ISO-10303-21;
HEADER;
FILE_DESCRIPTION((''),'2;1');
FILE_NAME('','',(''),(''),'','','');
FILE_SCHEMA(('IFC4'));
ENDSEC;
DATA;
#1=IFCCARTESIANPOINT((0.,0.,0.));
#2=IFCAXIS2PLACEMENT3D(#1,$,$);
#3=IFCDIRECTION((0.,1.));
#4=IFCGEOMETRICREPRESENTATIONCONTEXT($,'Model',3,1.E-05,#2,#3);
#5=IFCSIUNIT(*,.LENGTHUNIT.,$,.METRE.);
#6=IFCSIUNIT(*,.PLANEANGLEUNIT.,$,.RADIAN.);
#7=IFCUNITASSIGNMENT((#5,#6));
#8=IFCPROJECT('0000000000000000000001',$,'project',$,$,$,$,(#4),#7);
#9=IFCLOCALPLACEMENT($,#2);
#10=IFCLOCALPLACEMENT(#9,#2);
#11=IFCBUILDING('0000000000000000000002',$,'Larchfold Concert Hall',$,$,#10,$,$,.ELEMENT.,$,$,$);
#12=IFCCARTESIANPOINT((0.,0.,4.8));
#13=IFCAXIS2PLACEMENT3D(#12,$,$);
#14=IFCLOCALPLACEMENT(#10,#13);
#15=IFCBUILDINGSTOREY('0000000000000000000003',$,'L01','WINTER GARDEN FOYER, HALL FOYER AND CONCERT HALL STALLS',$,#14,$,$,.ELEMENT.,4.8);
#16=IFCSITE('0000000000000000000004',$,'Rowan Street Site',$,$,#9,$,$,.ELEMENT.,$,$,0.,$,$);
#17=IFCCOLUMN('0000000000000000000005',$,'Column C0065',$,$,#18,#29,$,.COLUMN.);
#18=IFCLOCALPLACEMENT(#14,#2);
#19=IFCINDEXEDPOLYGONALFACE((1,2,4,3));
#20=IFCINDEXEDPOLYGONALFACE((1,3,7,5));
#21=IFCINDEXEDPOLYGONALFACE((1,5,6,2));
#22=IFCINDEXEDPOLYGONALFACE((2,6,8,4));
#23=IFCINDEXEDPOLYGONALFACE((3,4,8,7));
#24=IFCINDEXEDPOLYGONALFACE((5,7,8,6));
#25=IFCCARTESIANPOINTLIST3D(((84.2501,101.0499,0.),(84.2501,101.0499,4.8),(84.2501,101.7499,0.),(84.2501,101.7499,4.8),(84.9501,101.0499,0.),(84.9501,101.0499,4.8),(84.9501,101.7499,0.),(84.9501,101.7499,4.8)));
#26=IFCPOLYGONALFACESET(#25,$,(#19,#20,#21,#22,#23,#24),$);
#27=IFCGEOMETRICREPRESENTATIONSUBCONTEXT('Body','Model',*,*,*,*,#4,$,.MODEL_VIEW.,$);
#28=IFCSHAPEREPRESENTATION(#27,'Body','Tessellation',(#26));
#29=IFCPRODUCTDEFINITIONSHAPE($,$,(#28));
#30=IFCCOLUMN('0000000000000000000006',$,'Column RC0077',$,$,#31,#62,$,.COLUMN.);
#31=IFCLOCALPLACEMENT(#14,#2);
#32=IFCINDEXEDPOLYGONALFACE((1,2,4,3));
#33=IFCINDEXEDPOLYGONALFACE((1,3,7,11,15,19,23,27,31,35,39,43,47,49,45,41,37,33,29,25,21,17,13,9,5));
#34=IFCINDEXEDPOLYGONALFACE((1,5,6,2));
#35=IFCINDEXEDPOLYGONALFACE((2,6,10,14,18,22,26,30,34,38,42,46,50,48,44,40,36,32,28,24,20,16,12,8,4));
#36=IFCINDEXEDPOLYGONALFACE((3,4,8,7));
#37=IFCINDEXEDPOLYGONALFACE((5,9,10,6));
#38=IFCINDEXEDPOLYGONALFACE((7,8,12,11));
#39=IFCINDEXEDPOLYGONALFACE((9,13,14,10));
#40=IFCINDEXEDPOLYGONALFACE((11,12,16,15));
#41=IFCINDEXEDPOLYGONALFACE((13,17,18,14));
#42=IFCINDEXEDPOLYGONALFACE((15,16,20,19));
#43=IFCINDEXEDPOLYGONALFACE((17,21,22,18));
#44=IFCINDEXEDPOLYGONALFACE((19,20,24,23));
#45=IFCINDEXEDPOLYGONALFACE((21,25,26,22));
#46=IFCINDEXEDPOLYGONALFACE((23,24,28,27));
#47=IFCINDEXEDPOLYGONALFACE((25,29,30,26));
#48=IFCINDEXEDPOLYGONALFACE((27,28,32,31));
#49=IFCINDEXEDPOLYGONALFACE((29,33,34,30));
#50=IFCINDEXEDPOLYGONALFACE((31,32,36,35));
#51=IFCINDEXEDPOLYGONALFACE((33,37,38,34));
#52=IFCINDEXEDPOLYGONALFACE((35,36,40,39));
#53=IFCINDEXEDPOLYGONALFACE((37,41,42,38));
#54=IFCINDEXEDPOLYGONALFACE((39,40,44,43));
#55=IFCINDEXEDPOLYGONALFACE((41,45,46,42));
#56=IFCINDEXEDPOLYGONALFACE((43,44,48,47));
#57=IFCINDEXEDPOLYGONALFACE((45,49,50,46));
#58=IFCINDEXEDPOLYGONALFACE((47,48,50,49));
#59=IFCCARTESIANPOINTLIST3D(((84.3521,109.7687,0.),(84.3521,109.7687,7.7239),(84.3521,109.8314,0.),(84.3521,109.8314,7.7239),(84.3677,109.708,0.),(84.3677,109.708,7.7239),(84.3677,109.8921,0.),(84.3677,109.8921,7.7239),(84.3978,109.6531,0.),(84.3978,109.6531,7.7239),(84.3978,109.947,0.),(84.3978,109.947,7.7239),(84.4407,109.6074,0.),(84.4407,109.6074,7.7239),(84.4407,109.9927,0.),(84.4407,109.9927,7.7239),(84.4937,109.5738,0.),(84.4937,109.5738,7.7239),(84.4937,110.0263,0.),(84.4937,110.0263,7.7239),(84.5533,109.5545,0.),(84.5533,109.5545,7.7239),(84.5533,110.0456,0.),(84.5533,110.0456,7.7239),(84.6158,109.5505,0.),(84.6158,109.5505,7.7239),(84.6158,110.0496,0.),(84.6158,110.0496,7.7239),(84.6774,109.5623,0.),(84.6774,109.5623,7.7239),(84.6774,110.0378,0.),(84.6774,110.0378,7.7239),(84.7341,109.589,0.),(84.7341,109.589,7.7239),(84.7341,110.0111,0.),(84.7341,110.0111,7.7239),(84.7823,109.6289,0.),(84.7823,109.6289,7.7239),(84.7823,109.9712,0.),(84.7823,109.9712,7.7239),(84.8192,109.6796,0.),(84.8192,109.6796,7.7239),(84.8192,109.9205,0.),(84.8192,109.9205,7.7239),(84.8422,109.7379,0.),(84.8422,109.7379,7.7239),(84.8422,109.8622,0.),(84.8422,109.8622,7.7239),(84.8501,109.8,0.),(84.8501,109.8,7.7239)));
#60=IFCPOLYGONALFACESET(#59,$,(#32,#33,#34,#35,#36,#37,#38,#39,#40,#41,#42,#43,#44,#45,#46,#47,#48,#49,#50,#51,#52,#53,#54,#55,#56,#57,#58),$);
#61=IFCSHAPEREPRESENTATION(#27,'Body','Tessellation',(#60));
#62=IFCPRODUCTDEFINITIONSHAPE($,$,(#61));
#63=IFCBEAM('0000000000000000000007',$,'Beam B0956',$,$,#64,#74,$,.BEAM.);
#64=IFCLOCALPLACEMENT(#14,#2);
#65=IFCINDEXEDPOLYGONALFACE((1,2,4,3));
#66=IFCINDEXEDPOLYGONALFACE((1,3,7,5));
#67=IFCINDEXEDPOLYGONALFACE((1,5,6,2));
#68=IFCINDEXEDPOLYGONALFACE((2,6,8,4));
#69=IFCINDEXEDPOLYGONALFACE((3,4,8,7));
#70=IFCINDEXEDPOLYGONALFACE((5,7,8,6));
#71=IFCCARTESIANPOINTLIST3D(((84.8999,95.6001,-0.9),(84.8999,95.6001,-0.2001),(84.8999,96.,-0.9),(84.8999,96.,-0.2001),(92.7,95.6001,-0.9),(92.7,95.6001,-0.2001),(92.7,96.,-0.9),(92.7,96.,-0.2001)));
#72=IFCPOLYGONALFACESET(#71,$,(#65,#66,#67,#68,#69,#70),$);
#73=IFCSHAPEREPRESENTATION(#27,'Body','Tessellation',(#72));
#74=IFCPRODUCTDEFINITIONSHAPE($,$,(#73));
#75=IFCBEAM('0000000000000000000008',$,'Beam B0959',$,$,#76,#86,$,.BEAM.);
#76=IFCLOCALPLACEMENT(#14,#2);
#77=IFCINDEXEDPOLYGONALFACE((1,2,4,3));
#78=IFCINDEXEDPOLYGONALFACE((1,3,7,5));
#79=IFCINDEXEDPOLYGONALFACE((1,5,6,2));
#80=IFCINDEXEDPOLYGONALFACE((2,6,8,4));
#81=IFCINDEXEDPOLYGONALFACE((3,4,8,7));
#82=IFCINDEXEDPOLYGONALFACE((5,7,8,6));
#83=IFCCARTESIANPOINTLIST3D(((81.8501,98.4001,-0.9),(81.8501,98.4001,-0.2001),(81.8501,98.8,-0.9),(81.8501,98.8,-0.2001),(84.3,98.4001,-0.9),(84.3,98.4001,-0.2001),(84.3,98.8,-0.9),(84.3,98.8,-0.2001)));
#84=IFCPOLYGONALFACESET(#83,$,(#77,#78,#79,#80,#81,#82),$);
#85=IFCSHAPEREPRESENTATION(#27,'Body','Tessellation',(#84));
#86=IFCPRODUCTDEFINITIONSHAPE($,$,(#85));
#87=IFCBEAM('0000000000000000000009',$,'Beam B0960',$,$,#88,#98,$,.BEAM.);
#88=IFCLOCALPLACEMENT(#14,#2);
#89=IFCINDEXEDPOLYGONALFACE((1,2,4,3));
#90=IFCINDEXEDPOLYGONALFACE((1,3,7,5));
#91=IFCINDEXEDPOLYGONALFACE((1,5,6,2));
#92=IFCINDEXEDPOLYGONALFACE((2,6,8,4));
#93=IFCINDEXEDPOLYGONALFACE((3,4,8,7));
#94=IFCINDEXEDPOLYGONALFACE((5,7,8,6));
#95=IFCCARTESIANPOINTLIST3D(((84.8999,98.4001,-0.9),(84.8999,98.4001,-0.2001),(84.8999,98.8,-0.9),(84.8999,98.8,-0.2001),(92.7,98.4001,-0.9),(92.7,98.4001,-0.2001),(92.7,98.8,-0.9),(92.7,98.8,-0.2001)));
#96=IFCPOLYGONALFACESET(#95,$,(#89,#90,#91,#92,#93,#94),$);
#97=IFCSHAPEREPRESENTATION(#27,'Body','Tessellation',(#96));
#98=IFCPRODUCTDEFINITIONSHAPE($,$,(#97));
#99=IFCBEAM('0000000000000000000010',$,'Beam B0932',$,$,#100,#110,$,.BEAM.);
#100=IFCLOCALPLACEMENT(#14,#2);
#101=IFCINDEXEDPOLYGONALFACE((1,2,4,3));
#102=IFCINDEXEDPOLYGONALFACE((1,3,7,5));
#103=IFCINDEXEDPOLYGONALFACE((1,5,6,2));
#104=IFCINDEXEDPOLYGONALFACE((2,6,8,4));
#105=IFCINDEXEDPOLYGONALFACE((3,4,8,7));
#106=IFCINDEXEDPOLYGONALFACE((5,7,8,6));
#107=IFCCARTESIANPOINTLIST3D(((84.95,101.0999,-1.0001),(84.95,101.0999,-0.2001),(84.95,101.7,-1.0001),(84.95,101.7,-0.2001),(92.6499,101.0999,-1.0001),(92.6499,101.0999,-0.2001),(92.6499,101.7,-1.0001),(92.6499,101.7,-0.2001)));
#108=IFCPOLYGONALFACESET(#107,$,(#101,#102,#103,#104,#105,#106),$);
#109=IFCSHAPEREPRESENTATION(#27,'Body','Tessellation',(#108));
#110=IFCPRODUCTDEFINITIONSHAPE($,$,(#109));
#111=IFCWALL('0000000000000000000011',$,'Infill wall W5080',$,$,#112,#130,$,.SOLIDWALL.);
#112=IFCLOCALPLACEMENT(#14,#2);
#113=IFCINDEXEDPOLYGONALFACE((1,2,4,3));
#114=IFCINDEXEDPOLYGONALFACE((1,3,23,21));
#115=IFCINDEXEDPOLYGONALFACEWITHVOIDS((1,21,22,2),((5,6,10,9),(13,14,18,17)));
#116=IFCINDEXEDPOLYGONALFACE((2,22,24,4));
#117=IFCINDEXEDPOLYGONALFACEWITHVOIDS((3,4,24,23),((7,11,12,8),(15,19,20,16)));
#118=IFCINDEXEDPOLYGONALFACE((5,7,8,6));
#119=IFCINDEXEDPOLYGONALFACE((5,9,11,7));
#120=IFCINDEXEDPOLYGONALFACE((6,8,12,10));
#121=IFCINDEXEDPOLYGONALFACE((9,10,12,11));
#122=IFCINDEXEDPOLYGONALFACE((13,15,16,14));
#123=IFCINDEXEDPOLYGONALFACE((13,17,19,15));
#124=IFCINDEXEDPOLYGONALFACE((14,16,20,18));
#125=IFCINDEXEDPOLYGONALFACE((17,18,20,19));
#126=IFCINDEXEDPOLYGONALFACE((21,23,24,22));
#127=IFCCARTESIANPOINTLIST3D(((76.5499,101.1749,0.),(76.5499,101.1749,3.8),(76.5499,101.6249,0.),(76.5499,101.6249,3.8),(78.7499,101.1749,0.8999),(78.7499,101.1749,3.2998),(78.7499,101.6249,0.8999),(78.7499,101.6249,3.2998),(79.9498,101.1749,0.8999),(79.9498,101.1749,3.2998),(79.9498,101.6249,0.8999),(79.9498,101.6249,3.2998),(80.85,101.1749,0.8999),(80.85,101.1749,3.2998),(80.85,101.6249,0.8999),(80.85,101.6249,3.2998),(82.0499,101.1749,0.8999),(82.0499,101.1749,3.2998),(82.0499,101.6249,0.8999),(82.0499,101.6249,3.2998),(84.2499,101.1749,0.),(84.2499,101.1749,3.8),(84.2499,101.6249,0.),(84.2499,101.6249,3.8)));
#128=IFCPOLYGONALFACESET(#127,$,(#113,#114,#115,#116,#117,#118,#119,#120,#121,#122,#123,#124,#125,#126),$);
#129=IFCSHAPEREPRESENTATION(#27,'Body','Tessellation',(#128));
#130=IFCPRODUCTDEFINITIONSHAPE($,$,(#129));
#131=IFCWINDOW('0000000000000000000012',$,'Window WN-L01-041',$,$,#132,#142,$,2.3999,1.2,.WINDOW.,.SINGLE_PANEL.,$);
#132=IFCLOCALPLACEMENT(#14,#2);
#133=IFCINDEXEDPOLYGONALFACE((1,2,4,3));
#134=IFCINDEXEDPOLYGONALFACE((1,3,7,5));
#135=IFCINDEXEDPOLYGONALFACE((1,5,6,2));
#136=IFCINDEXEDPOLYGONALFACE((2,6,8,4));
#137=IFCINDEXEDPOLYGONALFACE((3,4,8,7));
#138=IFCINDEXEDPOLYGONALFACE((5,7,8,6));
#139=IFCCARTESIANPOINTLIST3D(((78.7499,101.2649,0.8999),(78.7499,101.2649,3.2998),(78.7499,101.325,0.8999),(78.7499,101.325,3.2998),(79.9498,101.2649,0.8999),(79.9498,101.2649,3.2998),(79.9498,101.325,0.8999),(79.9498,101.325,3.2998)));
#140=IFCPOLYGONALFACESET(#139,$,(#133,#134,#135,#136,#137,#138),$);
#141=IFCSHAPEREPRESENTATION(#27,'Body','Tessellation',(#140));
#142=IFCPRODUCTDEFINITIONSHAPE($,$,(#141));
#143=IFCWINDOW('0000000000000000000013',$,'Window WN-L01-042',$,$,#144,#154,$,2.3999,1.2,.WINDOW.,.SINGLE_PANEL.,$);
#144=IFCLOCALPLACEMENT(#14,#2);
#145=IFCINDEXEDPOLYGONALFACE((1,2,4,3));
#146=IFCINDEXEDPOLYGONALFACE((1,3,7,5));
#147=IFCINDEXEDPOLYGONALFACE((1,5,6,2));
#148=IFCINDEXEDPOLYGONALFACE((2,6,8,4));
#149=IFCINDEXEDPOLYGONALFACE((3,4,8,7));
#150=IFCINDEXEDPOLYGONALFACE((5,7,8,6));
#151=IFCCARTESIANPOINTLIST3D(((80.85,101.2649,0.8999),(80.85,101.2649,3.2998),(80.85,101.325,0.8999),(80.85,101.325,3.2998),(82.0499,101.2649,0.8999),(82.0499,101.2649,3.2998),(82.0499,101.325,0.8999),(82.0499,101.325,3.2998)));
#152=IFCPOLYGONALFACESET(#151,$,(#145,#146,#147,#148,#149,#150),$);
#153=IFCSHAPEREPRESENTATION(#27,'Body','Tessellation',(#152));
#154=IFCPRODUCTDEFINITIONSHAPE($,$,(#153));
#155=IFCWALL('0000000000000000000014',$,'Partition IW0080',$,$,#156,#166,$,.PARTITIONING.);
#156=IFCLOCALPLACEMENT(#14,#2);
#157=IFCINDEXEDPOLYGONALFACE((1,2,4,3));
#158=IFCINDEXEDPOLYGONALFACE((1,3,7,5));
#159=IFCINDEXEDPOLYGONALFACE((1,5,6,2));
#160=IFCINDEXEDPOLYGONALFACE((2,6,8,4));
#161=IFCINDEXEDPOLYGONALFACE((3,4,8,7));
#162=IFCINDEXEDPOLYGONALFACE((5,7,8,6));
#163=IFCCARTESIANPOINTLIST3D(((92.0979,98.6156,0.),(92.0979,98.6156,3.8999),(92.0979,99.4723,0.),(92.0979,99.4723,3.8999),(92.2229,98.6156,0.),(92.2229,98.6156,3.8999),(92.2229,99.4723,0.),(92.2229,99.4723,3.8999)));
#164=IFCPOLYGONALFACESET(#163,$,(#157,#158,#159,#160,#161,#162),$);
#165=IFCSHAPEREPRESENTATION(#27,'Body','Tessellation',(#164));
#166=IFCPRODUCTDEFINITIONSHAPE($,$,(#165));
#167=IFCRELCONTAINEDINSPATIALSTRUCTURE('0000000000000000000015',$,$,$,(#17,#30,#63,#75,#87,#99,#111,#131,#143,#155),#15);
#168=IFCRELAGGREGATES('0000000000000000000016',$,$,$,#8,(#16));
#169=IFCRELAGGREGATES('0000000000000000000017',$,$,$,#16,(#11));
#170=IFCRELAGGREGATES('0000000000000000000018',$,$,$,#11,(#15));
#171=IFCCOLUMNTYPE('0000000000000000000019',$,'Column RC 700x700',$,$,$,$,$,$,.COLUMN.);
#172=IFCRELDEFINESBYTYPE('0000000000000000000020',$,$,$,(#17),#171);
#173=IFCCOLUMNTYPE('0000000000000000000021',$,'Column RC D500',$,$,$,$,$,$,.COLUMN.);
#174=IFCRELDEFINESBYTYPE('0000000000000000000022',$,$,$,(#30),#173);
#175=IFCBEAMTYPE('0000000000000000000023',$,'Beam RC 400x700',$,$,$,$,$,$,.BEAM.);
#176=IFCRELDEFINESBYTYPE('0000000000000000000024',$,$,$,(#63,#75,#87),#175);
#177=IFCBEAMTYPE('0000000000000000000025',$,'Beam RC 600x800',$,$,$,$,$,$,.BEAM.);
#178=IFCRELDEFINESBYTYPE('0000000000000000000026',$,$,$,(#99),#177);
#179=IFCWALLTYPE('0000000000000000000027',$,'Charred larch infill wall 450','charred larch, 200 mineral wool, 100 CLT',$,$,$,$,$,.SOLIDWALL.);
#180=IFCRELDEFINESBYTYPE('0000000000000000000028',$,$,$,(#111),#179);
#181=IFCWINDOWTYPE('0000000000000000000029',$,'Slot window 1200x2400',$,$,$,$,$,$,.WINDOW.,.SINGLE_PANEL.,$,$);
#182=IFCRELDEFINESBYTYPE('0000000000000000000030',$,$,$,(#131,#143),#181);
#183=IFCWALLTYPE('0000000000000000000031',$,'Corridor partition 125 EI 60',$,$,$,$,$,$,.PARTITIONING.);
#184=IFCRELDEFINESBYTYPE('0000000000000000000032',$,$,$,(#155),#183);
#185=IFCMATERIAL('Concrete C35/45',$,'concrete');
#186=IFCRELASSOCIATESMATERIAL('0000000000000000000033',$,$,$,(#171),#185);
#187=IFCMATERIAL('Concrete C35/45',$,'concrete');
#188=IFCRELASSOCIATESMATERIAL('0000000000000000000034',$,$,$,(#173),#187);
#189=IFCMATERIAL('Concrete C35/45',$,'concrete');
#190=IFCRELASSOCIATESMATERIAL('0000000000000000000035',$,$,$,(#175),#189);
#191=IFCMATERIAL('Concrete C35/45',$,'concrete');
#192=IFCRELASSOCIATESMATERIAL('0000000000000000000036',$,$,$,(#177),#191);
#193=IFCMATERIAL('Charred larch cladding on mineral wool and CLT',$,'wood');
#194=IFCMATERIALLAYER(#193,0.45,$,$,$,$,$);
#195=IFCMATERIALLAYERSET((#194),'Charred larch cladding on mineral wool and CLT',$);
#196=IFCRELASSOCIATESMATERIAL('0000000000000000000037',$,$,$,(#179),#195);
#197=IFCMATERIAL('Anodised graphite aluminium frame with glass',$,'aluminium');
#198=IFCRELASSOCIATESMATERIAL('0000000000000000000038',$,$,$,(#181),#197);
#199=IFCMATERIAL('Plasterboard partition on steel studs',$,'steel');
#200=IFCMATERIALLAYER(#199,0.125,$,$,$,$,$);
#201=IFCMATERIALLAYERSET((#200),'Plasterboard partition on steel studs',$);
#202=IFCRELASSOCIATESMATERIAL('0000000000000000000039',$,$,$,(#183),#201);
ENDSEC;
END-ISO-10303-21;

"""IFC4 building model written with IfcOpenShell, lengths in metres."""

from ifc_helpers import new_model, si_unit, direction, frame, frame_2d, origin, origin_2d, place, context, subcontext, project, spatial, rectangle, circle, extrude, material, layer, layer_set, material_profile, profile_set, type_object, element, fill, save


model = new_model("IFC4")

# Units and contexts
model_context = context("Model", 3, precision=1e-05, world=origin(), true_north=direction((0.0, 1.0)))
body_context = subcontext(model_context, "Body", "Model", "MODEL_VIEW")
ifc_project = project(units=[si_unit("LENGTHUNIT", "METRE"), si_unit("PLANEANGLEUNIT", "RADIAN")], contexts=[model_context])

# Site, building, storey
site_placement = place(None, origin())
site = spatial("IfcSite", under=ifc_project, at=site_placement, Name="Rowan Street Site", CompositionType="ELEMENT", RefElevation=0.0)
building_placement = place(site_placement, origin())
building = spatial("IfcBuilding", under=site, at=building_placement, Name="Larchfold Concert Hall", CompositionType="ELEMENT")
storey_placement = place(building_placement, frame((0.0, 0.0, 4.8)))
storey = spatial("IfcBuildingStorey", under=building, at=storey_placement, Name="L01", Description="WINTER GARDEN FOYER, HALL FOYER AND CONCERT HALL STALLS", CompositionType="ELEMENT", Elevation=4.8)

# Columns
ifc_material_1 = material(Name="Concrete C35/45", Category="concrete")
ifc_material_profile_1 = material_profile(ifc_material_1, rectangle(XDim=0.7, YDim=0.7, at=origin_2d()))
ifc_profile_set_1 = profile_set([ifc_material_profile_1], Name="Concrete C35/45")
column_type_1 = type_object("IfcColumnType", Name="Column RC 700x700", PredefinedType="COLUMN", material=ifc_profile_set_1)
column_1_placement = place(storey_placement, frame((84.6001, 101.3999, 0.0), z_axis=(0.0, 0.0, 1.0), x_axis=(1.0, 0.0, 0.0)))
element("IfcColumn", 1, at=column_1_placement, inside=storey, type_object=column_type_1, Name="Column C0065", PredefinedType="COLUMN", context=body_context, shape_type="SweptSolid", body=[
    extrude(rectangle(XDim=0.7, YDim=0.7, at=origin_2d()), origin(), (0.0, 0.0, 1.0), 4.8),
])
ifc_material_2 = material(Name="Concrete C35/45", Category="concrete")
ifc_material_profile_2 = material_profile(ifc_material_2, circle(Radius=0.25, at=origin_2d()))
ifc_profile_set_2 = profile_set([ifc_material_profile_2], Name="Concrete C35/45")
column_type_2 = type_object("IfcColumnType", Name="Column RC D500", PredefinedType="COLUMN", material=ifc_profile_set_2)
column_2_placement = place(storey_placement, frame((84.6001, 109.8, 0.0), z_axis=(0.0, 0.0, 1.0), x_axis=(1.0, 0.0, 0.0)))
element("IfcColumn", 2, at=column_2_placement, inside=storey, type_object=column_type_2, Name="Column RC0077", PredefinedType="COLUMN", context=body_context, shape_type="SweptSolid", body=[
    extrude(circle(Radius=0.25, at=origin_2d()), origin(), (0.0, 0.0, 1.0), 7.7239),
])

# Beams
ifc_material_3 = material(Name="Concrete C35/45", Category="concrete")
ifc_material_profile_3 = material_profile(ifc_material_3, rectangle(XDim=0.3999, YDim=0.7, at=origin_2d()))
ifc_profile_set_3 = profile_set([ifc_material_profile_3], Name="Concrete C35/45")
beam_type_1 = type_object("IfcBeamType", Name="Beam RC 400x700", PredefinedType="BEAM", material=ifc_profile_set_3)
beam_1_placement = place(storey_placement, frame((84.8999, 95.8, -0.55), z_axis=(1.0, 0.0, 0.0), x_axis=(0.0, 1.0, 0.0)))
element("IfcBeam", 3, at=beam_1_placement, inside=storey, type_object=beam_type_1, Name="Beam B0956", PredefinedType="BEAM", context=body_context, shape_type="SweptSolid", body=[
    extrude(rectangle(XDim=0.3999, YDim=0.7, at=origin_2d()), origin(), (0.0, 0.0, 1.0), 7.8),
])
beam_2_placement = place(storey_placement, frame((81.8501, 98.6001, -0.55), z_axis=(1.0, 0.0, 0.0), x_axis=(0.0, 1.0, 0.0)))
element("IfcBeam", 4, at=beam_2_placement, inside=storey, type_object=beam_type_1, Name="Beam B0959", PredefinedType="BEAM", context=body_context, shape_type="SweptSolid", body=[
    extrude(rectangle(XDim=0.3999, YDim=0.7, at=origin_2d()), origin(), (0.0, 0.0, 1.0), 2.45),
])
beam_3_placement = place(storey_placement, frame((84.8999, 98.6001, -0.55), z_axis=(1.0, 0.0, 0.0), x_axis=(0.0, 1.0, 0.0)))
element("IfcBeam", 5, at=beam_3_placement, inside=storey, type_object=beam_type_1, Name="Beam B0960", PredefinedType="BEAM", context=body_context, shape_type="SweptSolid", body=[
    extrude(rectangle(XDim=0.3999, YDim=0.7, at=origin_2d()), origin(), (0.0, 0.0, 1.0), 7.8),
])
ifc_material_4 = material(Name="Concrete C35/45", Category="concrete")
ifc_material_profile_4 = material_profile(ifc_material_4, rectangle(XDim=0.6001, YDim=0.8, at=origin_2d()))
ifc_profile_set_4 = profile_set([ifc_material_profile_4], Name="Concrete C35/45")
beam_type_2 = type_object("IfcBeamType", Name="Beam RC 600x800", PredefinedType="BEAM", material=ifc_profile_set_4)
beam_4_placement = place(storey_placement, frame((84.95, 101.3999, -0.6001), z_axis=(1.0, 0.0, 0.0), x_axis=(0.0, 1.0, 0.0)))
element("IfcBeam", 6, at=beam_4_placement, inside=storey, type_object=beam_type_2, Name="Beam B0932", PredefinedType="BEAM", context=body_context, shape_type="SweptSolid", body=[
    extrude(rectangle(XDim=0.6001, YDim=0.8, at=origin_2d()), origin(), (0.0, 0.0, 1.0), 7.7),
])

# Wall, openings, windows
ifc_material_5 = material(Name="Charred larch cladding on mineral wool and CLT", Category="wood")
ifc_layer_1 = layer(ifc_material_5, 0.45)
ifc_layer_set_1 = layer_set([ifc_layer_1], Name="Charred larch cladding on mineral wool and CLT")
wall_type_1 = type_object("IfcWallType", Name="Charred larch infill wall 450", Description="charred larch, 200 mineral wool, 100 CLT", PredefinedType="SOLIDWALL", material=ifc_layer_set_1)
wall_1_placement = place(storey_placement, frame((84.25, 101.3999, 0.0), z_axis=(0.0, 0.0, 1.0), x_axis=(-1.0, 0.0, 0.0)))
wall_1 = element("IfcWall", 7, at=wall_1_placement, inside=storey, type_object=wall_type_1, Name="Infill wall W5080", PredefinedType="SOLIDWALL", context=body_context, shape_type="SweptSolid", body=[
    extrude(rectangle(XDim=7.7, YDim=0.45, at=frame_2d((3.8501, 0.0))), origin(), (0.0, 0.0, 1.0), 3.8),
])
opening_1_placement = place(wall_1_placement, frame((4.3, 0.0, 0.8999)))
opening_1 = element("IfcOpeningElement", 8, at=opening_1_placement, cuts=wall_1, PredefinedType="OPENING", context=body_context, shape_type="SweptSolid", body=[
    extrude(rectangle(XDim=1.2, YDim=2.3999, at=frame_2d((0.6001, 1.2))), frame((0.0, 0.2349, 0.0), z_axis=(0.0, -1.0, 0.0), x_axis=(1.0, 0.0, 0.0)), (0.0, 0.0, 1.0), 0.47),
])
opening_2_placement = place(wall_1_placement, frame((2.2, 0.0, 0.8999)))
opening_2 = element("IfcOpeningElement", 9, at=opening_2_placement, cuts=wall_1, PredefinedType="OPENING", context=body_context, shape_type="SweptSolid", body=[
    extrude(rectangle(XDim=1.2, YDim=2.3999, at=frame_2d((0.6001, 1.2))), frame((0.0, 0.2349, 0.0), z_axis=(0.0, -1.0, 0.0), x_axis=(1.0, 0.0, 0.0)), (0.0, 0.0, 1.0), 0.47),
])
ifc_material_6 = material(Name="Anodised graphite aluminium frame with glass", Category="aluminium")
window_type = type_object("IfcWindowType", Name="Slot window 1200x2400", PartitioningType="SINGLE_PANEL", PredefinedType="WINDOW", material=ifc_material_6)
window_1_placement = place(opening_1_placement, origin())
window_1 = element("IfcWindow", 10, at=window_1_placement, inside=storey, type_object=window_type, Name="Window WN-L01-041", OverallHeight=2.3999, OverallWidth=1.2, PartitioningType="SINGLE_PANEL", PredefinedType="WINDOW", context=body_context, shape_type="SweptSolid", body=[
    extrude(rectangle(XDim=1.2, YDim=2.3999, at=frame_2d((0.6001, 1.2))), frame((0.0, 0.135, 0.0), z_axis=(0.0, -1.0, 0.0), x_axis=(1.0, 0.0, 0.0)), (0.0, 0.0, 1.0), 0.0601),
])
fill(opening_1, window_1)
window_2_placement = place(opening_2_placement, origin())
window_2 = element("IfcWindow", 11, at=window_2_placement, inside=storey, type_object=window_type, Name="Window WN-L01-042", OverallHeight=2.3999, OverallWidth=1.2, PartitioningType="SINGLE_PANEL", PredefinedType="WINDOW", context=body_context, shape_type="SweptSolid", body=[
    extrude(rectangle(XDim=1.2, YDim=2.3999, at=frame_2d((0.6001, 1.2))), frame((0.0, 0.135, 0.0), z_axis=(0.0, -1.0, 0.0), x_axis=(1.0, 0.0, 0.0)), (0.0, 0.0, 1.0), 0.0601),
])
fill(opening_2, window_2)

# Wall
ifc_material_7 = material(Name="Plasterboard partition on steel studs", Category="steel")
ifc_layer_2 = layer(ifc_material_7, 0.125)
ifc_layer_set_2 = layer_set([ifc_layer_2], Name="Plasterboard partition on steel studs")
wall_type_2 = type_object("IfcWallType", Name="Corridor partition 125 EI 60", PredefinedType="PARTITIONING", material=ifc_layer_set_2)
wall_2_placement = place(storey_placement, frame((92.1604, 98.6157, 0.0), z_axis=(0.0, 0.0, 1.0), x_axis=(0.0, 1.0, 0.0)))
element("IfcWall", 12, at=wall_2_placement, inside=storey, type_object=wall_type_2, Name="Partition IW0080", PredefinedType="PARTITIONING", context=body_context, shape_type="SweptSolid", body=[
    extrude(rectangle(XDim=0.8567, YDim=0.125, at=frame_2d((0.4282, 0.0))), origin(), (0.0, 0.0, 1.0), 3.8999),
])

save(model, "model.ifc")
